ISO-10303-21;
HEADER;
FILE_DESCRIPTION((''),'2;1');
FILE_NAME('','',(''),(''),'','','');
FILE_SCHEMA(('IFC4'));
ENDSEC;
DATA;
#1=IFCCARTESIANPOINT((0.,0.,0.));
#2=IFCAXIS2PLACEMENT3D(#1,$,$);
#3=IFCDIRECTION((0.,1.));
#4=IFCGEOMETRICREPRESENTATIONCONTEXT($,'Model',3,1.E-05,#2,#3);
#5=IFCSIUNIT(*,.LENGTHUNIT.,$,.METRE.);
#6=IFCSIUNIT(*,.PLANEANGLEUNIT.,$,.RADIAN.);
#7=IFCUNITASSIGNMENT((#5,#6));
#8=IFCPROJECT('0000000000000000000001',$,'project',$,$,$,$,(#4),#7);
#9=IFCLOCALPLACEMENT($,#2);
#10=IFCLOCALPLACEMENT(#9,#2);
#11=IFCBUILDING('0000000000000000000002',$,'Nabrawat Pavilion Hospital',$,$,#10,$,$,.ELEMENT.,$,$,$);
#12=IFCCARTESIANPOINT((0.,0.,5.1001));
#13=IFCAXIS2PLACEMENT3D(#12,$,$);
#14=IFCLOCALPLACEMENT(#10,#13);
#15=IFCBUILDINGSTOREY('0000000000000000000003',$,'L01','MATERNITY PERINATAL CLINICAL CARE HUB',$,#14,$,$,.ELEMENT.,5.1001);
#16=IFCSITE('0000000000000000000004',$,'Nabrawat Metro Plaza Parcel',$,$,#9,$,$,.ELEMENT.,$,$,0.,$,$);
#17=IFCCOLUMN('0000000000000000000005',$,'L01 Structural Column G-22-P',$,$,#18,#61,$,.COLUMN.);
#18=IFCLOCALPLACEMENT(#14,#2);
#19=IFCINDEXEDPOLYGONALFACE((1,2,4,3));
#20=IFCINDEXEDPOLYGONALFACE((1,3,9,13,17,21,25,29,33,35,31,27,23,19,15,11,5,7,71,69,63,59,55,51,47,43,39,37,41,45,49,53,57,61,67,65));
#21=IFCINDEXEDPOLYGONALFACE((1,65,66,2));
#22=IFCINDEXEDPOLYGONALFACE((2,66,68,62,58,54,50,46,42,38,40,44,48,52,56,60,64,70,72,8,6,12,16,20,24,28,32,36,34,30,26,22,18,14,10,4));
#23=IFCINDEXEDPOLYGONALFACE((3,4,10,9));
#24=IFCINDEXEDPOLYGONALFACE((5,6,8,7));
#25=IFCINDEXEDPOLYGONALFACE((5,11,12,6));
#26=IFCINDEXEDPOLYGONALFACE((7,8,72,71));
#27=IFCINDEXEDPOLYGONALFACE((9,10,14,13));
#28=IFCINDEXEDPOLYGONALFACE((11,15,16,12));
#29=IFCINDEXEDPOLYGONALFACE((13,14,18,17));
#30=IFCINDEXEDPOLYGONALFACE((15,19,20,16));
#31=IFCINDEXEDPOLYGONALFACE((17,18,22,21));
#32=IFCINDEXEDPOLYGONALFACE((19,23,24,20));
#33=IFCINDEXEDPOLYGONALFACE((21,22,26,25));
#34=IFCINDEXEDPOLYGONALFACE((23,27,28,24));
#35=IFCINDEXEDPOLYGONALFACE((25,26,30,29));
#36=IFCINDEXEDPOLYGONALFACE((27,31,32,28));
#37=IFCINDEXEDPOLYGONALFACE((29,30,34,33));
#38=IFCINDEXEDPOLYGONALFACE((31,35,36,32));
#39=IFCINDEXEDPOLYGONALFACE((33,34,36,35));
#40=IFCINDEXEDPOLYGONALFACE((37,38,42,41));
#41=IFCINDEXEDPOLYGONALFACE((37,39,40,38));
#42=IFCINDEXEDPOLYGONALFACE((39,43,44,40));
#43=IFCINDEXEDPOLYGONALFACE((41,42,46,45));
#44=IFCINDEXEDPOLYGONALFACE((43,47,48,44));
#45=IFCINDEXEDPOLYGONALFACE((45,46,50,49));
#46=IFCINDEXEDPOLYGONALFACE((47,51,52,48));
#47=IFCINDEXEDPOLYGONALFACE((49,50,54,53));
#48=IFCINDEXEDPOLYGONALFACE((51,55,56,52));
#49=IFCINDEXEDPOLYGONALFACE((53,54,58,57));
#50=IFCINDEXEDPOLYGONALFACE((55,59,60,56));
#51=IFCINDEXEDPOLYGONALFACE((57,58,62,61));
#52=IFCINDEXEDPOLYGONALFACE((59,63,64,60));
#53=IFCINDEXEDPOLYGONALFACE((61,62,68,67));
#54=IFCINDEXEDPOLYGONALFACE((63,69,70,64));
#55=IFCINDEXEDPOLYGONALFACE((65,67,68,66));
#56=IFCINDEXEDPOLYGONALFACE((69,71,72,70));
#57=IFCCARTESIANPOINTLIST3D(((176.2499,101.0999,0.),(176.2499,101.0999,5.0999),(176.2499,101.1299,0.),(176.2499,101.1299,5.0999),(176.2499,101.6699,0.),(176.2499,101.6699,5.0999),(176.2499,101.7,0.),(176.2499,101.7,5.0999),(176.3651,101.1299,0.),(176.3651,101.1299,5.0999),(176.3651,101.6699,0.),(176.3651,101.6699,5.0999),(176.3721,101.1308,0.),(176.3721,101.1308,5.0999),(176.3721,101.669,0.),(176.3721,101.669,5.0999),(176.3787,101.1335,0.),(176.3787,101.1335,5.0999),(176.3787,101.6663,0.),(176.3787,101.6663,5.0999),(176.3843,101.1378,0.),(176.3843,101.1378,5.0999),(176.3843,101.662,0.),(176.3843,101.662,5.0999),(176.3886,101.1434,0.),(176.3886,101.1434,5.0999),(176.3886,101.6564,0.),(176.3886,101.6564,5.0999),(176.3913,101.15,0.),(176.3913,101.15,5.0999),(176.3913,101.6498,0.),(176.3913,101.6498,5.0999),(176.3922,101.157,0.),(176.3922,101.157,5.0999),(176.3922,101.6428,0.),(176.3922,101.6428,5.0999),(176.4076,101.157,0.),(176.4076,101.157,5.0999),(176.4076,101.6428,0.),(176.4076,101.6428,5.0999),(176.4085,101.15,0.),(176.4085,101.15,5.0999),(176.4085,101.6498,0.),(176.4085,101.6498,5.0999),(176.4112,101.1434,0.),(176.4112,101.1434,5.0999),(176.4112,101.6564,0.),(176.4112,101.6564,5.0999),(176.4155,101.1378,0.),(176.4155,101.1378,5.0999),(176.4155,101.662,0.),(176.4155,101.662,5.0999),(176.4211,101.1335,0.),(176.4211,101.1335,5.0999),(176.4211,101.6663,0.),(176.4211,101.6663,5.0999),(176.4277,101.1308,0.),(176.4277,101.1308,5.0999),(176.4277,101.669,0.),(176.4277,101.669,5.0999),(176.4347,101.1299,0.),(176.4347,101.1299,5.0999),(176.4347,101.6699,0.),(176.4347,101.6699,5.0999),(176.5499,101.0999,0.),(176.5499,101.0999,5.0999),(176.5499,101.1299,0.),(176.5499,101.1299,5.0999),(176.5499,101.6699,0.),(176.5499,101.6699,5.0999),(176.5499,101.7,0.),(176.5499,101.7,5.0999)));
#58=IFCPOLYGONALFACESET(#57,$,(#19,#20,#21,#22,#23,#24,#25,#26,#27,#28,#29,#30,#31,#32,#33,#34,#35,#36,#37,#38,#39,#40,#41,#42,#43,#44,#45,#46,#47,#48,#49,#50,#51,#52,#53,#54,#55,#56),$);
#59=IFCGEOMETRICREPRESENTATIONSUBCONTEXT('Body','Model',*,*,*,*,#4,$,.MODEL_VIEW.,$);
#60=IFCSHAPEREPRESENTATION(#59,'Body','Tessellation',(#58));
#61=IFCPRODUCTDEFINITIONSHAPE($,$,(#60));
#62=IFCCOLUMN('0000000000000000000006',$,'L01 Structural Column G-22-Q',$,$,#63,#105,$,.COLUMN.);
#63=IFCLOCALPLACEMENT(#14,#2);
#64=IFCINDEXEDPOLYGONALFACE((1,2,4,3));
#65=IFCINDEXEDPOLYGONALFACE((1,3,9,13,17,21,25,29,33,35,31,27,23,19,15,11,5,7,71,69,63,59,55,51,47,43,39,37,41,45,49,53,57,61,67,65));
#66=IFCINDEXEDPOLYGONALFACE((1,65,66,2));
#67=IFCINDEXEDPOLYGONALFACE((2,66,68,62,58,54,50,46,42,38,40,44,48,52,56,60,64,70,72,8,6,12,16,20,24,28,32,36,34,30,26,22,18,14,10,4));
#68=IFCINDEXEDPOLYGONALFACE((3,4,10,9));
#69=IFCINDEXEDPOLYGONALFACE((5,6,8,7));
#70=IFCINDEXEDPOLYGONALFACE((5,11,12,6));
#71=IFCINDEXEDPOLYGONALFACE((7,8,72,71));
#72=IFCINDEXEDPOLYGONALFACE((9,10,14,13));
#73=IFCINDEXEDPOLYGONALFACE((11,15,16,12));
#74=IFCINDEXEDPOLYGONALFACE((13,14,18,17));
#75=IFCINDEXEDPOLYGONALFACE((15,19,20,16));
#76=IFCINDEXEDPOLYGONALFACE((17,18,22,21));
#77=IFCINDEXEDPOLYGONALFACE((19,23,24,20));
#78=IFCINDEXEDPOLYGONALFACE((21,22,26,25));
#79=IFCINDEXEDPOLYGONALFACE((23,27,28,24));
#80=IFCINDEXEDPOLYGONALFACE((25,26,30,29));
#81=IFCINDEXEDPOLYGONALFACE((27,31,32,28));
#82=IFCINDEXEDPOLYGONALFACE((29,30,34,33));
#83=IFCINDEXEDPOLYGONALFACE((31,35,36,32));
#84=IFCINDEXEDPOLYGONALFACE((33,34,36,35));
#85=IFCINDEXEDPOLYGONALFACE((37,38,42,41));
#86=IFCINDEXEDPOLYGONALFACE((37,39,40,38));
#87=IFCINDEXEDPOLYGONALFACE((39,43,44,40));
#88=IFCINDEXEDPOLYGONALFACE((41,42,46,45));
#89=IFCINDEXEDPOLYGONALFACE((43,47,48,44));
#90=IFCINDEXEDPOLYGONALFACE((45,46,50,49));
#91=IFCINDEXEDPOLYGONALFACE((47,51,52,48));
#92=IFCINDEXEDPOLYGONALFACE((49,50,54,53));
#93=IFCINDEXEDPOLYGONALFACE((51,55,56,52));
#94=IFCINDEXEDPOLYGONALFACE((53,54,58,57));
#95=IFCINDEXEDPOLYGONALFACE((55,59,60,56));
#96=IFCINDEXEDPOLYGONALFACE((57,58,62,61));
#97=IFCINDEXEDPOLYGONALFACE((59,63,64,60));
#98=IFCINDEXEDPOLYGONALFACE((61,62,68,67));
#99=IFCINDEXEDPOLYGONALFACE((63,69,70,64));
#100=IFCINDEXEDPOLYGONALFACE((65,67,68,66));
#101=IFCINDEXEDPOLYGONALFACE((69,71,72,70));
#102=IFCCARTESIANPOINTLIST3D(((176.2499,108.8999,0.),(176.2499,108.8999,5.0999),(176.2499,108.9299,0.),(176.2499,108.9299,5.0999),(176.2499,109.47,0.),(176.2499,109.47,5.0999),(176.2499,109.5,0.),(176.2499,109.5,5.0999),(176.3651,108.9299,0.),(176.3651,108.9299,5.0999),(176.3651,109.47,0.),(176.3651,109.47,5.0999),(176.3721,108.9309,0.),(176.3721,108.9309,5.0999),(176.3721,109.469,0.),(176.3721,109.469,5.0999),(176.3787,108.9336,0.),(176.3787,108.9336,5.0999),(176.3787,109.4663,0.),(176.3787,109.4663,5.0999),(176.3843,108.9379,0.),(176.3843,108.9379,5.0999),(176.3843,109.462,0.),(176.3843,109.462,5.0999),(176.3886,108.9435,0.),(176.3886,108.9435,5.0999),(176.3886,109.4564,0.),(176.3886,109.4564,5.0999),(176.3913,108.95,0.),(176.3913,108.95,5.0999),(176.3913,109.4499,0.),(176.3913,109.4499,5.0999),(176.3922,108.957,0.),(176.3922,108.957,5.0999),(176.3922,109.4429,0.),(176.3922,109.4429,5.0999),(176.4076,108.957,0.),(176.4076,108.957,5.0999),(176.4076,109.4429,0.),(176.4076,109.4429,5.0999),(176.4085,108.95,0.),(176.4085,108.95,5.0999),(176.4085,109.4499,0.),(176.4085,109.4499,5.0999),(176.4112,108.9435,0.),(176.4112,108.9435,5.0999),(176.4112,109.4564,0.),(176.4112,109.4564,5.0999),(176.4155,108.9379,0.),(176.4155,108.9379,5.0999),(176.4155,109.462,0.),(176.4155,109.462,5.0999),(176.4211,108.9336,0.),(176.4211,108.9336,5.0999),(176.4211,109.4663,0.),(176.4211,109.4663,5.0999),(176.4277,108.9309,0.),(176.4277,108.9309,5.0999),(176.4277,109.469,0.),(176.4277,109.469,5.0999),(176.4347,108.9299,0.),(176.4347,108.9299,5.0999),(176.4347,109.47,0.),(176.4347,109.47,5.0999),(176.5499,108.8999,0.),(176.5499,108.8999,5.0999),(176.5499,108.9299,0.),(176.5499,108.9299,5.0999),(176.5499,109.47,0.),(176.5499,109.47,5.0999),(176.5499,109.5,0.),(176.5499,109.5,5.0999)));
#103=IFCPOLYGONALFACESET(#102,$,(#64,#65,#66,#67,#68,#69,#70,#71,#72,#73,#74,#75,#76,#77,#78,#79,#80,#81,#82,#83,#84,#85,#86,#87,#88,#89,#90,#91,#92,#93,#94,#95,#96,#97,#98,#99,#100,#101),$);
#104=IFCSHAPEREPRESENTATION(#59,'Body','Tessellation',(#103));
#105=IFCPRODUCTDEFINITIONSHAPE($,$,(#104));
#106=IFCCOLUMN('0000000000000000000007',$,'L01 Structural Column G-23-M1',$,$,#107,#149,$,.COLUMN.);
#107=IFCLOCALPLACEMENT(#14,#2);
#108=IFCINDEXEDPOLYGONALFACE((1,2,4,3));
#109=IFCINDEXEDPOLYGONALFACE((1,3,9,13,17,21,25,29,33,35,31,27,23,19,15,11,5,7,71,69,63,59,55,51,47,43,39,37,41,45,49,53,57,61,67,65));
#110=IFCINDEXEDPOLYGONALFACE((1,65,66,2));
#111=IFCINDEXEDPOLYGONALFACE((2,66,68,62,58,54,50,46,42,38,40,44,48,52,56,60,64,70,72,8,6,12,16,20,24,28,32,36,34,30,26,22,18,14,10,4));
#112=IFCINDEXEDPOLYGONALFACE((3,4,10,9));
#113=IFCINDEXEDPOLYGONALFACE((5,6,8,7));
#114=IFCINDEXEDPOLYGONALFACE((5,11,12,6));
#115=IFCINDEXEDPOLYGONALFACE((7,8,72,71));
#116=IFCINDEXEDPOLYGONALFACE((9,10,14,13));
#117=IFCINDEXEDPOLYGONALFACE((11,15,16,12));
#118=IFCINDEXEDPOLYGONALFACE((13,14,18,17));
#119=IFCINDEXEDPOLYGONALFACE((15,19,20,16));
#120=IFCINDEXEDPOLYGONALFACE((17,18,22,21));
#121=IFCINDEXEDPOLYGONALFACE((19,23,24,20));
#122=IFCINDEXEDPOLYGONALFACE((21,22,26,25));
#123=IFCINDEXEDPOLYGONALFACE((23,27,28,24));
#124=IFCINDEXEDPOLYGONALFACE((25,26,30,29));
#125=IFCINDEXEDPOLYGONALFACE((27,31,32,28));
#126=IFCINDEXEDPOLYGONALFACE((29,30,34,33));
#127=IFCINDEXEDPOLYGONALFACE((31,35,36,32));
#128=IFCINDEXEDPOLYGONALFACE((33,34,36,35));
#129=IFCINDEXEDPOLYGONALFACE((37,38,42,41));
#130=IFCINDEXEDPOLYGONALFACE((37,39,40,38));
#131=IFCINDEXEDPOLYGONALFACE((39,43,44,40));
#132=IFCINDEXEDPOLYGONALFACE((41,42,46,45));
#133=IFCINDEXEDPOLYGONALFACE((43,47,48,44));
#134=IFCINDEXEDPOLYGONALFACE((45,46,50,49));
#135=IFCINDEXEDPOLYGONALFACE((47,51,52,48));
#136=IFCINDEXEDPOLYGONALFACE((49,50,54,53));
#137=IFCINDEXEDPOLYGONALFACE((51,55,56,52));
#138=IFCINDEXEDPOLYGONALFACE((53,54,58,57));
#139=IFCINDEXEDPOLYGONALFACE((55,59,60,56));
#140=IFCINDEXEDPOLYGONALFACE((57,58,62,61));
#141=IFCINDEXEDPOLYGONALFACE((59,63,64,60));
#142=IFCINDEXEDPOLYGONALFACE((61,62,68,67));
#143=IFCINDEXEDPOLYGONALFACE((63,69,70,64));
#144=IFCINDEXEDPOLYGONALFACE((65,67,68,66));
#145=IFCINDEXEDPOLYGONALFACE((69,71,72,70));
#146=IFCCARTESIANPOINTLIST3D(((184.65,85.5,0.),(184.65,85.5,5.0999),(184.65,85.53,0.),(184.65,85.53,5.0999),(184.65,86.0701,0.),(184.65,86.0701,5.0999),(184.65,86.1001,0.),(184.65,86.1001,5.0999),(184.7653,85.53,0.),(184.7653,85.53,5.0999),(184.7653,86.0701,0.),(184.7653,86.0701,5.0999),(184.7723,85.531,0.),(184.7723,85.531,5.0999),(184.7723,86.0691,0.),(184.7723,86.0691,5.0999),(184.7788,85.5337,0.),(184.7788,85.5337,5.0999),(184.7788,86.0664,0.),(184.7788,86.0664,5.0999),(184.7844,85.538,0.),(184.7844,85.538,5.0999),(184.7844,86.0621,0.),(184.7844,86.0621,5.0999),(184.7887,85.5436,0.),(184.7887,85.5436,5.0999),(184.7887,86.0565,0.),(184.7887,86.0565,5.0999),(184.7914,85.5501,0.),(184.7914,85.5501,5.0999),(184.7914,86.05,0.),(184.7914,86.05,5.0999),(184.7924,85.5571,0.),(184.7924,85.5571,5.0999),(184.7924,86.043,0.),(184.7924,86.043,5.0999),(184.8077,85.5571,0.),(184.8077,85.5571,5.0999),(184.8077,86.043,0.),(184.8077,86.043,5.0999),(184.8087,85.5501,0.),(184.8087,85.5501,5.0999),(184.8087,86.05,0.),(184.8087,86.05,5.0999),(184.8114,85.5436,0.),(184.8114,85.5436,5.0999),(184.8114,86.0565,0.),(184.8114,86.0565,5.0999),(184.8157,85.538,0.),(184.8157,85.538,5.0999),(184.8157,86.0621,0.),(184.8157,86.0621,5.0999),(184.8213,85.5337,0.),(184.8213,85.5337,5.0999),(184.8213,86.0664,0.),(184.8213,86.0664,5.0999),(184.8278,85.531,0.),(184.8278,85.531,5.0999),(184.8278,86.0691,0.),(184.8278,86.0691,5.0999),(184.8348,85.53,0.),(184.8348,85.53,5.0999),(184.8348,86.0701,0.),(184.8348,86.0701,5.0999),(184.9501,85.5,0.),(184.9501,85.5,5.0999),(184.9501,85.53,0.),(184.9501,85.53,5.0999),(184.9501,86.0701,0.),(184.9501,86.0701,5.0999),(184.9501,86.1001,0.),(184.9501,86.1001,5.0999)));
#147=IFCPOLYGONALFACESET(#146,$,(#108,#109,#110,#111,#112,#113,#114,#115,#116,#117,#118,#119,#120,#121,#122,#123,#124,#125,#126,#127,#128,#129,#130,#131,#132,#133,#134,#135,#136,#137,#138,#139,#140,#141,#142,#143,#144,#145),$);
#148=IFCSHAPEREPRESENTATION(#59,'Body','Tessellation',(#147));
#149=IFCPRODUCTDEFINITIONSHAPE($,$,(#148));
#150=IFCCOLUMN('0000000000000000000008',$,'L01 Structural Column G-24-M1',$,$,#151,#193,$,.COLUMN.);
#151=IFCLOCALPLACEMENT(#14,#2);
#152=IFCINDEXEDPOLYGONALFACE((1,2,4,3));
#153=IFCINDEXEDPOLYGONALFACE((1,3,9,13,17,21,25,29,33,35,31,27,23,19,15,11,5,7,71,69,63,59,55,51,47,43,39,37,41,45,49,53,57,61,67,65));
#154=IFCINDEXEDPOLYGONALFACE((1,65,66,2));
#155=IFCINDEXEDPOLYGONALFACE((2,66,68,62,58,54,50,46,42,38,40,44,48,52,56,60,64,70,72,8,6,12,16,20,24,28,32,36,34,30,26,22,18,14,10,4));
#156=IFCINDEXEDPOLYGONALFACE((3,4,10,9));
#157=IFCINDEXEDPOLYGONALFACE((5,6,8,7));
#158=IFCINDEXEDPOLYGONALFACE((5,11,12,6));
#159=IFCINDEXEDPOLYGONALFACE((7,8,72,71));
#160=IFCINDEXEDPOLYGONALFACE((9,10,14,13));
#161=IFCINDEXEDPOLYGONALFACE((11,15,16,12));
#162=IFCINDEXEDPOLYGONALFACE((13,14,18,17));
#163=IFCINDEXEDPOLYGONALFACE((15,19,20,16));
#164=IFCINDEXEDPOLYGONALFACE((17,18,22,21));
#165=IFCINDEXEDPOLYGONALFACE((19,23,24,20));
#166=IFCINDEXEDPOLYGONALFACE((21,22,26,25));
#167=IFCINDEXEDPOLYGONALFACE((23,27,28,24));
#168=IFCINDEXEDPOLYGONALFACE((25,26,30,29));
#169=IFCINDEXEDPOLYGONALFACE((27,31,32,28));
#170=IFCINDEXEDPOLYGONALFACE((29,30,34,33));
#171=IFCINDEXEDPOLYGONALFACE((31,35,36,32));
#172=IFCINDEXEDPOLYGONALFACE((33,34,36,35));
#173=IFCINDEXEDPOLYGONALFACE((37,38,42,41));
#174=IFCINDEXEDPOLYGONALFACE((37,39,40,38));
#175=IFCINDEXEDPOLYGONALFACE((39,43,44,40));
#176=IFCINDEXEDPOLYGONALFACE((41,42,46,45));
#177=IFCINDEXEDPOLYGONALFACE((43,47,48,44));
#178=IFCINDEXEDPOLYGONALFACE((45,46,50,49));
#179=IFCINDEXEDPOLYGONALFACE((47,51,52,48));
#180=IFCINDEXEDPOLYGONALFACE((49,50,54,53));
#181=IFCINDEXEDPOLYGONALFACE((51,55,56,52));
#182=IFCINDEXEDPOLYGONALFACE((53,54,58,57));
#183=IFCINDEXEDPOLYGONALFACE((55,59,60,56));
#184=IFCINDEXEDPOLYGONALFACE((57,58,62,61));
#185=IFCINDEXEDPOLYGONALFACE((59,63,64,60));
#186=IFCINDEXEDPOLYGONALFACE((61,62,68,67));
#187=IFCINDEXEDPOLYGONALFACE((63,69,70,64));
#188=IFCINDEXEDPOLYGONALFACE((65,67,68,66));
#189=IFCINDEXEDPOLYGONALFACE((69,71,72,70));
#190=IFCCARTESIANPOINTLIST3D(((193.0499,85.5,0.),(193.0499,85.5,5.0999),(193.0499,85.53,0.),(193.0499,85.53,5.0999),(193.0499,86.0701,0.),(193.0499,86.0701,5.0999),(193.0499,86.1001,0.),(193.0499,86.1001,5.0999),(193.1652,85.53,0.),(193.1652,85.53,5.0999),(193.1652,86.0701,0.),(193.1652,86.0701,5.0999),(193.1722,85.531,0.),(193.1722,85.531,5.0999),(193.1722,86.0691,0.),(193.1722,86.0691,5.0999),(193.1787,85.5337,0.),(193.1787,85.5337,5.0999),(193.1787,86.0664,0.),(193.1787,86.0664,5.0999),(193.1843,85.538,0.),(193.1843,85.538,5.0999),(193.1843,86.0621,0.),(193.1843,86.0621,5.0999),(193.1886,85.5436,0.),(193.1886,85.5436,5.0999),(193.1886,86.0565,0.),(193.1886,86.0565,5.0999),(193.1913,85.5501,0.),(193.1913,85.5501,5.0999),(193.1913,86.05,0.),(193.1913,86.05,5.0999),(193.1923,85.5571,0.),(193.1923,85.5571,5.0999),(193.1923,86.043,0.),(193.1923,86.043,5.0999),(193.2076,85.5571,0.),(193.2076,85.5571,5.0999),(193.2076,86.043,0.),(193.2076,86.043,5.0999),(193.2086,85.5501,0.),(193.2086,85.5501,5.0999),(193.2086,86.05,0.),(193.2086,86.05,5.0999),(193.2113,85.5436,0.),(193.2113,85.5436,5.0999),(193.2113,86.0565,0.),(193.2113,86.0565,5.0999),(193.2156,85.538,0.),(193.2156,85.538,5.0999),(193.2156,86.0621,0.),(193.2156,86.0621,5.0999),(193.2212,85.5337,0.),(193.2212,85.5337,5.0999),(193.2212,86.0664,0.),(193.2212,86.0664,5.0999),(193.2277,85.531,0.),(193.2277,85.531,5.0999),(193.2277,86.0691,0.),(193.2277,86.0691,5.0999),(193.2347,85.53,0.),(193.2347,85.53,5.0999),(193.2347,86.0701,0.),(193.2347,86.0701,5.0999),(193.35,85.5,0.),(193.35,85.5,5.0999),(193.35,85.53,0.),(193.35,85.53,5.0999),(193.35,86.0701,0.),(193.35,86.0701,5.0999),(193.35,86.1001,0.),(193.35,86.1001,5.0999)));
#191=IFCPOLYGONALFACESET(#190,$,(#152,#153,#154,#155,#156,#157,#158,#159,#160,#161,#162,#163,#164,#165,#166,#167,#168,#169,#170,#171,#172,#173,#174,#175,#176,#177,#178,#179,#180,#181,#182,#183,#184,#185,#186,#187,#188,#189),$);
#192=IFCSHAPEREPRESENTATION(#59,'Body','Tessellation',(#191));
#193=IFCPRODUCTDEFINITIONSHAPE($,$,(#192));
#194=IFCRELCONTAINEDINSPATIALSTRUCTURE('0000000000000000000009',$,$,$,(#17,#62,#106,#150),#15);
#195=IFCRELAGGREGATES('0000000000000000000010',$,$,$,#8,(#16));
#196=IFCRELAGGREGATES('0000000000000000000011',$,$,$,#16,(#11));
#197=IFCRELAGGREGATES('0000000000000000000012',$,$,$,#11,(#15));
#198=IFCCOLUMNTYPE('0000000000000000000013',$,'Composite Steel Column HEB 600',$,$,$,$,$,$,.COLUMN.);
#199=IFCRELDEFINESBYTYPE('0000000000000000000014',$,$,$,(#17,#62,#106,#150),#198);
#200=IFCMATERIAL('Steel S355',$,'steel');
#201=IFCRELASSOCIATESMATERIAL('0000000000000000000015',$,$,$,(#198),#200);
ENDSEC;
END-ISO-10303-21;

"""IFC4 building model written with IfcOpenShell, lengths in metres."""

from ifc_helpers import new_model, si_unit, direction, frame, origin, origin_2d, place, context, subcontext, project, spatial, i_section, extrude, material, material_profile, profile_set, type_object, element, save


model = new_model("IFC4")

# Units and contexts
model_context = context("Model", 3, precision=1e-05, world=origin(), true_north=direction((0.0, 1.0)))
body_context = subcontext(model_context, "Body", "Model", "MODEL_VIEW")
ifc_project = project(units=[si_unit("LENGTHUNIT", "METRE"), si_unit("PLANEANGLEUNIT", "RADIAN")], contexts=[model_context])

# Site, building, storey
site_placement = place(None, origin())
site = spatial("IfcSite", under=ifc_project, at=site_placement, Name="Nabrawat Metro Plaza Parcel", CompositionType="ELEMENT", RefElevation=0.0)
building_placement = place(site_placement, origin())
building = spatial("IfcBuilding", under=site, at=building_placement, Name="Nabrawat Pavilion Hospital", CompositionType="ELEMENT")
storey_placement = place(building_placement, frame((0.0, 0.0, 5.1001)))
storey = spatial("IfcBuildingStorey", under=building, at=storey_placement, Name="L01", Description="MATERNITY PERINATAL CLINICAL CARE HUB", CompositionType="ELEMENT", Elevation=5.1001)

# Columns
ifc_material_1 = material(Name="Steel S355", Category="steel")
ifc_material_profile_1 = material_profile(ifc_material_1, i_section(OverallWidth=0.3, OverallDepth=0.6001, WebThickness=0.0154, FlangeThickness=0.03, FilletRadius=0.0271, at=origin_2d()), Name="HEB 600")
ifc_profile_set_1 = profile_set([ifc_material_profile_1], Name="Steel S355")
column_type = type_object("IfcColumnType", Name="Composite Steel Column HEB 600", PredefinedType="COLUMN", material=ifc_profile_set_1)
for number, where, z_axis, x_axis, name in (
    (1, (176.3999, 101.3999, 0.0), (0.0, 0.0, 1.0), (1.0, 0.0, 0.0), "L01 Structural Column G-22-P"),
    (2, (176.3999, 109.2, 0.0), (0.0, 0.0, 1.0), (1.0, 0.0, 0.0), "L01 Structural Column G-22-Q"),
    (3, (184.8, 85.8, 0.0), (0.0, 0.0, 1.0), (1.0, 0.0, 0.0), "L01 Structural Column G-23-M1"),
    (4, (193.2, 85.8, 0.0), (0.0, 0.0, 1.0), (1.0, 0.0, 0.0), "L01 Structural Column G-24-M1"),
):
    element("IfcColumn", number, at=place(storey_placement, frame(where, z_axis=z_axis, x_axis=x_axis)), inside=storey, type_object=column_type, Name=name, PredefinedType="COLUMN", context=body_context, shape_type="SweptSolid", body=[
        extrude(i_section(OverallWidth=0.3, OverallDepth=0.6001, WebThickness=0.0154, FlangeThickness=0.03, FilletRadius=0.0271, at=origin_2d()), origin(), (0.0, 0.0, 1.0), 5.0999),
    ])

save(model, "model.ifc")
